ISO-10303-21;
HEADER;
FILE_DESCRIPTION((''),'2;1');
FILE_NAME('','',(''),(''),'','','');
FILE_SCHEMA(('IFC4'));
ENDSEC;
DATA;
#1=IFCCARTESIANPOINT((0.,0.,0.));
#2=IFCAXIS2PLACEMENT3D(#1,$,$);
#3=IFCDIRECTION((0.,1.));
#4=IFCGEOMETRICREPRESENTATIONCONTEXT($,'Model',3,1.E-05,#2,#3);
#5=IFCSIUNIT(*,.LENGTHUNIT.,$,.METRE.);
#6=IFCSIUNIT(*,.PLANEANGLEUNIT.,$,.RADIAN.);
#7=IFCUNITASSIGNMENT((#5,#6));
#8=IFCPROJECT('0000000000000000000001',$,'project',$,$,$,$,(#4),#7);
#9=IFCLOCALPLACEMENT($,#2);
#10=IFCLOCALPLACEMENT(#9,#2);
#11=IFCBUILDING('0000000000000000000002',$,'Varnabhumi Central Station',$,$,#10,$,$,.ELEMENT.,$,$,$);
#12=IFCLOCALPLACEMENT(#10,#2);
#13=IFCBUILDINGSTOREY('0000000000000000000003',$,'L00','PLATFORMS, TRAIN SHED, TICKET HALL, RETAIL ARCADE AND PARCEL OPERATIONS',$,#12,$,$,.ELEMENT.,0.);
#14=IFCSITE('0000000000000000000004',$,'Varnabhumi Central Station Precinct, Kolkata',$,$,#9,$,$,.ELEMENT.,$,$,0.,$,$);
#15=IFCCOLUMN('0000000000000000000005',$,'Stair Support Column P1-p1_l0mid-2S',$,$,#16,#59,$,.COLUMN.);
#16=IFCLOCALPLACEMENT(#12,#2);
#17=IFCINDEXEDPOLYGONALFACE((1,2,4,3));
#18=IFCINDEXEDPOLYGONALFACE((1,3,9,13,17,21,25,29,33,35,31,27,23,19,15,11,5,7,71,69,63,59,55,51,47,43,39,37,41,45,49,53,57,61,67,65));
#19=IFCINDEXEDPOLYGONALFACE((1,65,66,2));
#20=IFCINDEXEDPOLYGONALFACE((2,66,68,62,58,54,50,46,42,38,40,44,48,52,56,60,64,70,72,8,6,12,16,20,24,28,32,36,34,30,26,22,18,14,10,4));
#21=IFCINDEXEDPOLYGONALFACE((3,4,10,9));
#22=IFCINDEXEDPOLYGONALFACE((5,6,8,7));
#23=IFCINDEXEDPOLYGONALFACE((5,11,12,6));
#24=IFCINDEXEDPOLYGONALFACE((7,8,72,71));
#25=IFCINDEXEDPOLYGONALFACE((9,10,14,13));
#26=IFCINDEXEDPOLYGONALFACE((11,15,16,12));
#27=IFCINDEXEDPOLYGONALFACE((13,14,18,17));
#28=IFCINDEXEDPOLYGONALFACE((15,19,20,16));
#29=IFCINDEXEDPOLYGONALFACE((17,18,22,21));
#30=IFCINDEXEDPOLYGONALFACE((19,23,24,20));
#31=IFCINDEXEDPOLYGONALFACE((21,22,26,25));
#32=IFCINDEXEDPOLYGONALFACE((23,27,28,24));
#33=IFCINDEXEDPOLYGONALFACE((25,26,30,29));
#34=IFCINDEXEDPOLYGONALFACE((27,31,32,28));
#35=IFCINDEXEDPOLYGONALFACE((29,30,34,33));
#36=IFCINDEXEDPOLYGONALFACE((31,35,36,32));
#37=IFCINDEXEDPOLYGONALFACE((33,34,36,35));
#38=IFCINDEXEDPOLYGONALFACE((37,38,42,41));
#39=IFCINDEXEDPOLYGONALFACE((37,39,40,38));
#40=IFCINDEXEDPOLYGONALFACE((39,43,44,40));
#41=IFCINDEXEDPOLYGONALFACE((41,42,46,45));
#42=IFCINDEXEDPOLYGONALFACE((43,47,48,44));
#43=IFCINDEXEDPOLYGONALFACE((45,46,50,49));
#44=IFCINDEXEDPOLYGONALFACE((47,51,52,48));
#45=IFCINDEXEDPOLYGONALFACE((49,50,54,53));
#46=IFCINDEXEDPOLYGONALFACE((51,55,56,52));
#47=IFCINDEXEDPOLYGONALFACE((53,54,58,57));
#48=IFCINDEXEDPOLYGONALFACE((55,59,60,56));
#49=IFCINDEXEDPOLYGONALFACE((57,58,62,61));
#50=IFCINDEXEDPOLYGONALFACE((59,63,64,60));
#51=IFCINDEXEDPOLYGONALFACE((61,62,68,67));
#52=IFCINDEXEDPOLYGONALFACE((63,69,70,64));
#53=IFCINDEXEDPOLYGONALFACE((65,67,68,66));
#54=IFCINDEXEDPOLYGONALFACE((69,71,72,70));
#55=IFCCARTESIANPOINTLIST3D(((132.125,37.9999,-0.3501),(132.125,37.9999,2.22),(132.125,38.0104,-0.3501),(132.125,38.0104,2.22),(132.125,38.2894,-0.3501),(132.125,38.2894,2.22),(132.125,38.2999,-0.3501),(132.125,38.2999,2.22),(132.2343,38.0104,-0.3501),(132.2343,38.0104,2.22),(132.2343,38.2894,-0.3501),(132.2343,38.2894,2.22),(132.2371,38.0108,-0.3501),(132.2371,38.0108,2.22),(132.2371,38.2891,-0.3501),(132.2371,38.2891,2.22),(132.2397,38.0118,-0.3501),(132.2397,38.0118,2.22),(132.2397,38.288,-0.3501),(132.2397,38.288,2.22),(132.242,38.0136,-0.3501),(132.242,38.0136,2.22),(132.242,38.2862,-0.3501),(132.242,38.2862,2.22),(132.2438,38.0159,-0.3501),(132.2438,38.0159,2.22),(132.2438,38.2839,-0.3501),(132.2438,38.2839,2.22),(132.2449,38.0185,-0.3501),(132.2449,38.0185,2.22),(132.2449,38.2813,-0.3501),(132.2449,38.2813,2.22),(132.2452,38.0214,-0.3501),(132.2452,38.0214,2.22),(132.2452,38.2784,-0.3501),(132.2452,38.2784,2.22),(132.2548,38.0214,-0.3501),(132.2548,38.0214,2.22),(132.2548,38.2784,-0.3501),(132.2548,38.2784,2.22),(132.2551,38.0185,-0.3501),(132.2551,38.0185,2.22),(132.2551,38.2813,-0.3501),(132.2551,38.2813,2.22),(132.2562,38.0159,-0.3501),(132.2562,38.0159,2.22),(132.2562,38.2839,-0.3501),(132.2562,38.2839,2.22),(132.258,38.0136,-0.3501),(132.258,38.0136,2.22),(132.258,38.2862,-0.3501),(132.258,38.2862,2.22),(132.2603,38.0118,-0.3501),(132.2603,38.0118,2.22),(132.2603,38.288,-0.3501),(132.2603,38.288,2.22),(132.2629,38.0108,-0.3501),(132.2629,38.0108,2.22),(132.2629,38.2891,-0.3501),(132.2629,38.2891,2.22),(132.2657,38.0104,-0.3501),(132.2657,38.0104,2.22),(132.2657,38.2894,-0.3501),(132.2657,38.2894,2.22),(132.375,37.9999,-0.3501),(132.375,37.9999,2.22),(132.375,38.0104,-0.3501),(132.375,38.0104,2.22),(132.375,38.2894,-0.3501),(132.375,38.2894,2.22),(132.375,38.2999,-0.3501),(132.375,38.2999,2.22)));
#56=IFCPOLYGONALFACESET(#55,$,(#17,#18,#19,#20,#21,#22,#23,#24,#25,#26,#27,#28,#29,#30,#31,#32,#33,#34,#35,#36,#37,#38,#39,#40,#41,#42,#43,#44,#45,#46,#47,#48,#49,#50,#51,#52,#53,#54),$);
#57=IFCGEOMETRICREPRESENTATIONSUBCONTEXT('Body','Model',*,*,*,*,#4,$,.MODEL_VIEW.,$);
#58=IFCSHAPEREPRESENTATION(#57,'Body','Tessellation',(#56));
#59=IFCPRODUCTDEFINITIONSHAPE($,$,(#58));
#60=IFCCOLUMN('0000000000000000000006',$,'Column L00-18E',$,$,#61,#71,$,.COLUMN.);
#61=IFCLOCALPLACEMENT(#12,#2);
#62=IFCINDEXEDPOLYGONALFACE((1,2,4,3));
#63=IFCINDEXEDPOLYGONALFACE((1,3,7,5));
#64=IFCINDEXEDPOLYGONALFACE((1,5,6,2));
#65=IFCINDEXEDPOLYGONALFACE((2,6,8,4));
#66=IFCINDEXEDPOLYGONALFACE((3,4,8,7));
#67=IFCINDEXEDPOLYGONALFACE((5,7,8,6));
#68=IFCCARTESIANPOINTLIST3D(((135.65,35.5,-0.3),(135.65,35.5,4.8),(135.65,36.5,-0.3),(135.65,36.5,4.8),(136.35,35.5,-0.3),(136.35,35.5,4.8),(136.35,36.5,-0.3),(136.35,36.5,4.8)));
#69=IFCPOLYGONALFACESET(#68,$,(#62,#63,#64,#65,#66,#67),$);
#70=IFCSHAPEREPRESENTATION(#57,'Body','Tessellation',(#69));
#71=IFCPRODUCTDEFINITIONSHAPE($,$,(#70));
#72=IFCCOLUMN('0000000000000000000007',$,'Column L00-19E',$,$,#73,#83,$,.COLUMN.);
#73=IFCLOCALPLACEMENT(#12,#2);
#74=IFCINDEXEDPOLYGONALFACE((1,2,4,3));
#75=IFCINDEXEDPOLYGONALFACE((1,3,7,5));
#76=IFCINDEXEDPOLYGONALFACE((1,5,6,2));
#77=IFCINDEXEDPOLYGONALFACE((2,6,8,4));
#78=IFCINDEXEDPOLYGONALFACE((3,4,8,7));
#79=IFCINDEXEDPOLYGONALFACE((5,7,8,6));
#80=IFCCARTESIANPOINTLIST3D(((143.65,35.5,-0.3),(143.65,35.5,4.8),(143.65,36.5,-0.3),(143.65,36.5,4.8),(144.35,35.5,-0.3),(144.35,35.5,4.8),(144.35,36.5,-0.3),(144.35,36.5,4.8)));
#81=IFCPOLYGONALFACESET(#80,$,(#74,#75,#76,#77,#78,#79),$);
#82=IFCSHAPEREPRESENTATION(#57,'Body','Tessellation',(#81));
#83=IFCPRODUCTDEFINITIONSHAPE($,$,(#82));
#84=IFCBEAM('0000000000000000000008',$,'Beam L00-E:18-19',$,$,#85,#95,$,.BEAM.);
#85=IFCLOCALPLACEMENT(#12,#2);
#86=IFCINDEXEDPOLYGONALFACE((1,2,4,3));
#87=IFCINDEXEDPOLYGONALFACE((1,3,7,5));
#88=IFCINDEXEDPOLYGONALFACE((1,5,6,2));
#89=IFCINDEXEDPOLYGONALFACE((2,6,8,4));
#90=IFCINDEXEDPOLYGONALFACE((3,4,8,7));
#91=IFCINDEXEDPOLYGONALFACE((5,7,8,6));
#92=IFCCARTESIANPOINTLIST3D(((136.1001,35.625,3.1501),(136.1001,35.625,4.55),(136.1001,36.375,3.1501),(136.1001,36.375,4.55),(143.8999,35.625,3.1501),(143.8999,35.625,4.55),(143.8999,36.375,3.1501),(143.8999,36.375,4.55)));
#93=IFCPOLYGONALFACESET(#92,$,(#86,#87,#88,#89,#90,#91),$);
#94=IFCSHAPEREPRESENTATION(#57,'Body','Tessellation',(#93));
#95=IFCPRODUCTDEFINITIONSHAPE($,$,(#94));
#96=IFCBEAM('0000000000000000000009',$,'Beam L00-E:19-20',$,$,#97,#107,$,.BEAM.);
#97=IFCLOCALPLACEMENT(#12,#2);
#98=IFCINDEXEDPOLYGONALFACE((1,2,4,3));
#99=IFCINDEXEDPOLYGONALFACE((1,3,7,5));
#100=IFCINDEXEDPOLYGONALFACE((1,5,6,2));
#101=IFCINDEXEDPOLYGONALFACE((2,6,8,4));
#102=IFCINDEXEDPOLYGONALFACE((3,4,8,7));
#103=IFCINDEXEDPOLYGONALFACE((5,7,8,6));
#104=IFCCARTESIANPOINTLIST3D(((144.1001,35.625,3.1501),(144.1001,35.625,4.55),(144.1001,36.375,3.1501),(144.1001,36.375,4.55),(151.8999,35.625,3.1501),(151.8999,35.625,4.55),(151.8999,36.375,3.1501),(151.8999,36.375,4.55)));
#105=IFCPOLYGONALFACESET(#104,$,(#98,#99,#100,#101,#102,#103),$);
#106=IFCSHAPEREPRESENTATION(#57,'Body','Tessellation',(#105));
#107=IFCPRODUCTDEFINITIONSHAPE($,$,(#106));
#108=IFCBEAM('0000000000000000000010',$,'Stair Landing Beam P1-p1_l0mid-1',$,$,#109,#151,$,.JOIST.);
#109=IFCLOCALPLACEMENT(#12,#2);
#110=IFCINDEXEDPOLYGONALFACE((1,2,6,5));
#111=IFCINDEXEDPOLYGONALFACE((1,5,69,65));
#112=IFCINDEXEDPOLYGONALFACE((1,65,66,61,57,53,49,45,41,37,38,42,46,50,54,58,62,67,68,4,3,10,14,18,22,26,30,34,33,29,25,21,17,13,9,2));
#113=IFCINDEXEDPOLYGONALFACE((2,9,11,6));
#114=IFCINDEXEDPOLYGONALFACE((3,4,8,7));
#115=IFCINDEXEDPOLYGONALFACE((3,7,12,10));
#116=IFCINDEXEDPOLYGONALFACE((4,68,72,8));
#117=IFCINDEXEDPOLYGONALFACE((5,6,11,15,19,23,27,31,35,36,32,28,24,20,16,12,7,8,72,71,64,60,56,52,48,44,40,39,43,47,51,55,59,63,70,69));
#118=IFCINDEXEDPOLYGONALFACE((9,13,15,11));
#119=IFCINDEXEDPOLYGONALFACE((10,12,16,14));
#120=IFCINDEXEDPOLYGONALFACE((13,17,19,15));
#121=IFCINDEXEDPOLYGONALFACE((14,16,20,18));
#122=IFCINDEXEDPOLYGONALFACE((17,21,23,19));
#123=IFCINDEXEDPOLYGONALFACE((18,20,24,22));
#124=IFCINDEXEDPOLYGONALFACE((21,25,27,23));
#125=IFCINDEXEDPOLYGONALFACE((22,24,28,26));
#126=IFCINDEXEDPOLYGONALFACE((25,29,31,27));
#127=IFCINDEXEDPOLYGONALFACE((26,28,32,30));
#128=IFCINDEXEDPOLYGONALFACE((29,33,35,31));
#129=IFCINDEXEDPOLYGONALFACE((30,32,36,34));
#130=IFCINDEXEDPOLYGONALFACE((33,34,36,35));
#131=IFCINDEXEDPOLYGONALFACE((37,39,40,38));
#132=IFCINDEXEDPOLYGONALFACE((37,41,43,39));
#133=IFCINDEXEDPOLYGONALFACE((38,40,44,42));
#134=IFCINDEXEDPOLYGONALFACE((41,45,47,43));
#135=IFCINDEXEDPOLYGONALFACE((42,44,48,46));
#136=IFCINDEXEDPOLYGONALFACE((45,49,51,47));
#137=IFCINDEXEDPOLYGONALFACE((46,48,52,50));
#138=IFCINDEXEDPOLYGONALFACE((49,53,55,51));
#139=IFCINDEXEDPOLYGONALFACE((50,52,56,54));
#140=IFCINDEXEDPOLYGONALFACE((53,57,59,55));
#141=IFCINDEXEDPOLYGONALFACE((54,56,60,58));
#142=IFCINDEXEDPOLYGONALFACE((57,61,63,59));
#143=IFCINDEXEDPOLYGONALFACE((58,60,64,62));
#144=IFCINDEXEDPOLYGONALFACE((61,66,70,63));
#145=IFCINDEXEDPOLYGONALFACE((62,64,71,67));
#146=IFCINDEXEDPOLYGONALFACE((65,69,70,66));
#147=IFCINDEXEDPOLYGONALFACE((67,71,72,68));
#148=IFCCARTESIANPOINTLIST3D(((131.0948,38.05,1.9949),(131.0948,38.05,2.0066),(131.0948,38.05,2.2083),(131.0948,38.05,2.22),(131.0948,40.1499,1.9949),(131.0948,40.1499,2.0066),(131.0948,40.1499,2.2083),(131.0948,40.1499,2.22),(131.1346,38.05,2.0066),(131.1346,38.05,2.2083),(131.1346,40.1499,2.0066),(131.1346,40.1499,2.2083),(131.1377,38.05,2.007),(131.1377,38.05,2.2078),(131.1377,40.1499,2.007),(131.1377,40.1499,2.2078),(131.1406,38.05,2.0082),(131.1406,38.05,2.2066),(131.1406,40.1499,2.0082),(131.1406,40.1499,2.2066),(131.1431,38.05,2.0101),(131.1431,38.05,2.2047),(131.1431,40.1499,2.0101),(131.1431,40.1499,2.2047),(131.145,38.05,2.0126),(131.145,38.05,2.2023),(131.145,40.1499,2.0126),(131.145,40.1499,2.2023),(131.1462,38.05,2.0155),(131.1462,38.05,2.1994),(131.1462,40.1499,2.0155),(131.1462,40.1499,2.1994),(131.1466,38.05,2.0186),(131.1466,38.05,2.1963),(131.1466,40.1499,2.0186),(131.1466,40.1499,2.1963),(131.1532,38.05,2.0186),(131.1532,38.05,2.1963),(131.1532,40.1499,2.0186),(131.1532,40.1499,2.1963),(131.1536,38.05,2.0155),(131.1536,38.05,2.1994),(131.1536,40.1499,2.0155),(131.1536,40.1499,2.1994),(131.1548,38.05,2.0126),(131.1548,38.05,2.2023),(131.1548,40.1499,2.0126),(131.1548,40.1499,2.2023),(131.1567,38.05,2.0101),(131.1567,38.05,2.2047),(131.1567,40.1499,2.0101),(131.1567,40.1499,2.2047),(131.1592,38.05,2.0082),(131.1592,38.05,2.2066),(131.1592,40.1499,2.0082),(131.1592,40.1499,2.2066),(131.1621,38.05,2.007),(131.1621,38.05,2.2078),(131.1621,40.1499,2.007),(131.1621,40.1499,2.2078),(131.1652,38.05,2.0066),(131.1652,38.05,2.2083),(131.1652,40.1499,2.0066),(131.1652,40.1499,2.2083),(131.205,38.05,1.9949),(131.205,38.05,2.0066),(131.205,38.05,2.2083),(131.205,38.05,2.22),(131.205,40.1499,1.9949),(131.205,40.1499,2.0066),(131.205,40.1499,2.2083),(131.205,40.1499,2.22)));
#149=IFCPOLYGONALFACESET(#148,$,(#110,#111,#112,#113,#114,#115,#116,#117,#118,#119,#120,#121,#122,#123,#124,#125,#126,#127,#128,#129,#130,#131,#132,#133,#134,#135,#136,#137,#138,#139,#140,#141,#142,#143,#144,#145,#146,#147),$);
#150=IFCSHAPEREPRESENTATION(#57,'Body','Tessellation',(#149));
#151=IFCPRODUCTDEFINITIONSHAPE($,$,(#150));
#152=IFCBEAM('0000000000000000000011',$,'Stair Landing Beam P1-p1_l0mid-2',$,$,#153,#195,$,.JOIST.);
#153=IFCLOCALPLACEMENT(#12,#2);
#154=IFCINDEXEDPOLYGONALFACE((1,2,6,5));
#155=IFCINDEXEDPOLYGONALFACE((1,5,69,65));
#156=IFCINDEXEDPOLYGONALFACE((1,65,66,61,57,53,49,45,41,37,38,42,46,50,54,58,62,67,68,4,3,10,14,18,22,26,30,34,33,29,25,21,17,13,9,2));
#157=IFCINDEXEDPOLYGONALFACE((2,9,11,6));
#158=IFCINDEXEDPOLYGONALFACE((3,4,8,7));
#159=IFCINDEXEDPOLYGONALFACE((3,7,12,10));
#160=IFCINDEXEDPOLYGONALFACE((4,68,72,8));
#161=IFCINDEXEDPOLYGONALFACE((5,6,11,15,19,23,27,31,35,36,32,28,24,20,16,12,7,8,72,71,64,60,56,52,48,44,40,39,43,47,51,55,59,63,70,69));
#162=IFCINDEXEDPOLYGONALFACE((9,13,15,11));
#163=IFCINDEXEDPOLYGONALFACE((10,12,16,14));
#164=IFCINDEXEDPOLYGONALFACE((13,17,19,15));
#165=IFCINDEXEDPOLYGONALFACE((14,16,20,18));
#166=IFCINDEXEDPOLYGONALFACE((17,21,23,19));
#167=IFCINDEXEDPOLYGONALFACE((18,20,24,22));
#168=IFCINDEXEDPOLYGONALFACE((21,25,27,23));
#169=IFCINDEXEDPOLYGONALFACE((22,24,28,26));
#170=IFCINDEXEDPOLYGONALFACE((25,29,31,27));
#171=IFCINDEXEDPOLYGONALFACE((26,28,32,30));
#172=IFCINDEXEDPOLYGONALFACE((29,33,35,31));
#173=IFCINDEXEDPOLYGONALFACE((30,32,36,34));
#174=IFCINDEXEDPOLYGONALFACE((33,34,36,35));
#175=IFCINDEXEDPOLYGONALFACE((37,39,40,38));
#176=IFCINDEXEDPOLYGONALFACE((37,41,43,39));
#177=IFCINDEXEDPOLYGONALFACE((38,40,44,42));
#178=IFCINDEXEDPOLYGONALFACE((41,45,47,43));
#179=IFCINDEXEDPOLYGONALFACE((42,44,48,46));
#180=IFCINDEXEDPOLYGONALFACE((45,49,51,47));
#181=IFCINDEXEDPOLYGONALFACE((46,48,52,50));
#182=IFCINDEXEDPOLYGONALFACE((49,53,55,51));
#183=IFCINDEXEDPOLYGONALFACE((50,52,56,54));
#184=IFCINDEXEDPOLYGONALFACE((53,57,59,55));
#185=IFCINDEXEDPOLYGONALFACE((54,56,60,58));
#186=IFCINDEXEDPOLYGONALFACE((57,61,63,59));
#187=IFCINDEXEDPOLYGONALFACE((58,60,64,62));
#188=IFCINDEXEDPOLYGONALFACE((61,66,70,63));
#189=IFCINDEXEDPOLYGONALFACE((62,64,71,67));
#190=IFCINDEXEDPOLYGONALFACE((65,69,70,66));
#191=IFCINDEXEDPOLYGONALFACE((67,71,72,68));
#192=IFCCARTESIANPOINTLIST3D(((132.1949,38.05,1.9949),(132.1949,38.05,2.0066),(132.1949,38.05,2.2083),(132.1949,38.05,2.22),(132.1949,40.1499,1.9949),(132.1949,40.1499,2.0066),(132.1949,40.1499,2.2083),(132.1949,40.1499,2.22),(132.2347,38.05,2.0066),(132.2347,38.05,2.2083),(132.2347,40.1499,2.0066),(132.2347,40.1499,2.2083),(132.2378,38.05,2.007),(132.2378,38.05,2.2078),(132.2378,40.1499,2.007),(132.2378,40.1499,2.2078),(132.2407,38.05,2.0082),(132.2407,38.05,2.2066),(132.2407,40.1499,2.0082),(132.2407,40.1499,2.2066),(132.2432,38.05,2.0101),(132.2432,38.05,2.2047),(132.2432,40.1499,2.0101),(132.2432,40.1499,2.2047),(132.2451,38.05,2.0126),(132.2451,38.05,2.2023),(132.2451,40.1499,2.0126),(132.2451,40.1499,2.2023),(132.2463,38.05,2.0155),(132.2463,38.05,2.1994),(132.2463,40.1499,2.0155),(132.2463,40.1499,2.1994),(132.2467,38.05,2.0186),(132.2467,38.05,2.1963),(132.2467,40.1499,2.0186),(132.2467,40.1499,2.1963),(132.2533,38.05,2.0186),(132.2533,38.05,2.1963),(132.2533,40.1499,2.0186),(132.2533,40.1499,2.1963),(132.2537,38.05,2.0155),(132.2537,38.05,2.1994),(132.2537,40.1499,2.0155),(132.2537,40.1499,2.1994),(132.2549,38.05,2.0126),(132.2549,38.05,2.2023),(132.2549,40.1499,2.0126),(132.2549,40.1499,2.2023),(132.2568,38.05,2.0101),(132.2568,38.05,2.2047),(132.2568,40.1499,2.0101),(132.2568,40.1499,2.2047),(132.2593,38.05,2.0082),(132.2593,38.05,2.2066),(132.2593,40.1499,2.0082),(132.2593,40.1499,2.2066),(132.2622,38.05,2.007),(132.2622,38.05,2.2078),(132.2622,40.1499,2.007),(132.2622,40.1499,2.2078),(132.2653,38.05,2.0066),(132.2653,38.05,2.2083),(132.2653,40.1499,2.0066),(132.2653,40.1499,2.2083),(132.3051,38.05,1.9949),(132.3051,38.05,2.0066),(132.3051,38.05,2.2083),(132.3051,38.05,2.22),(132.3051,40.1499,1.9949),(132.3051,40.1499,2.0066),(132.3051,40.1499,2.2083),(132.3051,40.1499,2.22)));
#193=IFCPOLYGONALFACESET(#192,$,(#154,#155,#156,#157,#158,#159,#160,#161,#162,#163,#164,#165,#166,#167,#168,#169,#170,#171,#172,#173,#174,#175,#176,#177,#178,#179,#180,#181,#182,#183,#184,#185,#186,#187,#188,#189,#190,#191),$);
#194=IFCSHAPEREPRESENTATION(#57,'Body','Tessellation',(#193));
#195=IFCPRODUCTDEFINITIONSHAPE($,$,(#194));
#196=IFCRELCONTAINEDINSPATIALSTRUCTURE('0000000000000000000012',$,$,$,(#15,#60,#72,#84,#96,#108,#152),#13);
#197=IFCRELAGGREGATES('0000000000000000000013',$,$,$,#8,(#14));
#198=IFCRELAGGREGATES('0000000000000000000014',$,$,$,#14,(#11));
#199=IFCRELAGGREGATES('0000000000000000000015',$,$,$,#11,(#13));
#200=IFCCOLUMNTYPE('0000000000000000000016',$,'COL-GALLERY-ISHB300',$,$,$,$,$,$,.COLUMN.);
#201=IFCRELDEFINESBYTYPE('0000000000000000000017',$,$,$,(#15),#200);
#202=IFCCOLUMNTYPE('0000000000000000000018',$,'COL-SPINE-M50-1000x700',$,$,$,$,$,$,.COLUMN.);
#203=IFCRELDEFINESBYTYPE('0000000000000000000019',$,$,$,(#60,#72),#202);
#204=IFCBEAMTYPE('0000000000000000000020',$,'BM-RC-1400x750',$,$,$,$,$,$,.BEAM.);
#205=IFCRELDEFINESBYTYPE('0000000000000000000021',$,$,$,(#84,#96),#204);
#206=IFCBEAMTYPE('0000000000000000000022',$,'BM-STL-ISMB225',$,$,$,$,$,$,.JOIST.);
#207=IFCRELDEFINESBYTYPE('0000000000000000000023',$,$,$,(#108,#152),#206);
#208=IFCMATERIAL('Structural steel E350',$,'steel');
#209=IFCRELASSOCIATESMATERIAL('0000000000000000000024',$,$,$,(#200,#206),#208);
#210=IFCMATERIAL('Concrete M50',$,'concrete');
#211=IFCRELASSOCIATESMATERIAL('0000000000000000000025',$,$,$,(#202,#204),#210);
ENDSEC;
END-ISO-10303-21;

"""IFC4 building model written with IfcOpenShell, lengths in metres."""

from ifc_helpers import new_model, si_unit, direction, frame, origin, origin_2d, place, context, subcontext, project, spatial, rectangle, i_section, extrude, material, material_profile, profile_set, type_object, element, save


model = new_model("IFC4")

# Units and contexts
model_context = context("Model", 3, precision=1e-05, world=origin(), true_north=direction((0.0, 1.0)))
body_context = subcontext(model_context, "Body", "Model", "MODEL_VIEW")
ifc_project = project(units=[si_unit("LENGTHUNIT", "METRE"), si_unit("PLANEANGLEUNIT", "RADIAN")], contexts=[model_context])

# Site, building, storey
site_placement = place(None, origin())
site = spatial("IfcSite", under=ifc_project, at=site_placement, Name="Varnabhumi Central Station Precinct, Kolkata", CompositionType="ELEMENT", RefElevation=0.0)
building_placement = place(site_placement, origin())
building = spatial("IfcBuilding", under=site, at=building_placement, Name="Varnabhumi Central Station", CompositionType="ELEMENT")
storey_placement = place(building_placement, origin())
storey = spatial("IfcBuildingStorey", under=building, at=storey_placement, Name="L00", Description="PLATFORMS, TRAIN SHED, TICKET HALL, RETAIL ARCADE AND PARCEL OPERATIONS", CompositionType="ELEMENT", Elevation=0.0)

# Columns
ifc_material_1 = material(Name="Structural steel E350", Category="steel")
ifc_material_profile_1 = material_profile(ifc_material_1, i_section(OverallWidth=0.25, OverallDepth=0.3, WebThickness=0.0095, FlangeThickness=0.0105, FilletRadius=0.011, at=origin_2d()), Name="Structural steel E350", Category="steel")
ifc_profile_set_1 = profile_set([ifc_material_profile_1], Name="Structural steel E350")
column_type_1 = type_object("IfcColumnType", Name="COL-GALLERY-ISHB300", PredefinedType="COLUMN", material=ifc_profile_set_1)
for number, where, z_axis, x_axis, name in (
    (1, (132.25, 38.1499, -0.3501), (0.0, 0.0, 1.0), (1.0, 0.0, 0.0), "Stair Support Column P1-p1_l0mid-2S"),
):
    element("IfcColumn", number, at=place(storey_placement, frame(where, z_axis=z_axis, x_axis=x_axis)), inside=storey, type_object=column_type_1, Name=name, PredefinedType="COLUMN", context=body_context, shape_type="SweptSolid", body=[
        extrude(i_section(OverallWidth=0.25, OverallDepth=0.3, WebThickness=0.0095, FlangeThickness=0.0105, FilletRadius=0.011, at=origin_2d()), origin(), (0.0, 0.0, 1.0), 2.5701),
    ])
ifc_material_2 = material(Name="Concrete M50", Category="concrete")
ifc_material_profile_2 = material_profile(ifc_material_2, rectangle(XDim=0.7, YDim=1.0, at=origin_2d()), Name="Concrete M50", Category="concrete")
ifc_profile_set_2 = profile_set([ifc_material_profile_2], Name="Concrete M50")
column_type_2 = type_object("IfcColumnType", Name="COL-SPINE-M50-1000x700", PredefinedType="COLUMN", material=ifc_profile_set_2)
for number, where, z_axis, x_axis, name in (
    (2, (136.0, 36.0, -0.3), (0.0, 0.0, 1.0), (1.0, 0.0, 0.0), "Column L00-18E"),
    (3, (144.0, 36.0, -0.3), (0.0, 0.0, 1.0), (1.0, 0.0, 0.0), "Column L00-19E"),
):
    element("IfcColumn", number, at=place(storey_placement, frame(where, z_axis=z_axis, x_axis=x_axis)), inside=storey, type_object=column_type_2, Name=name, PredefinedType="COLUMN", context=body_context, shape_type="SweptSolid", body=[
        extrude(rectangle(XDim=0.7, YDim=1.0, at=origin_2d()), origin(), (0.0, 0.0, 1.0), 5.1001),
    ])

# Beams
ifc_material_profile_3 = material_profile(ifc_material_2, rectangle(XDim=0.75, YDim=1.3999, at=origin_2d()), Name="Concrete M50", Category="concrete")
ifc_profile_set_3 = profile_set([ifc_material_profile_3], Name="Concrete M50")
beam_type_1 = type_object("IfcBeamType", Name="BM-RC-1400x750", PredefinedType="BEAM", material=ifc_profile_set_3)
for number, where, z_axis, x_axis, name in (
    (4, (136.1001, 36.0, 3.8501), (1.0, 0.0, 0.0), (0.0, 1.0, 0.0), "Beam L00-E:18-19"),
    (5, (144.1001, 36.0, 3.8501), (1.0, 0.0, 0.0), (0.0, 1.0, 0.0), "Beam L00-E:19-20"),
):
    element("IfcBeam", number, at=place(storey_placement, frame(where, z_axis=z_axis, x_axis=x_axis)), inside=storey, type_object=beam_type_1, Name=name, PredefinedType="BEAM", context=body_context, shape_type="SweptSolid", body=[
        extrude(rectangle(XDim=0.75, YDim=1.3999, at=origin_2d()), origin(), (0.0, 0.0, 1.0), 7.7998),
    ])
ifc_material_profile_4 = material_profile(ifc_material_1, i_section(OverallWidth=0.1101, OverallDepth=0.2251, WebThickness=0.0066, FlangeThickness=0.0117, FilletRadius=0.012, at=origin_2d()), Name="Structural steel E350", Category="steel")
ifc_profile_set_4 = profile_set([ifc_material_profile_4], Name="Structural steel E350")
beam_type_2 = type_object("IfcBeamType", Name="BM-STL-ISMB225", PredefinedType="JOIST", material=ifc_profile_set_4)
for number, where, z_axis, x_axis, name in (
    (6, (131.1499, 38.05, 2.1074), (0.0, 1.0, 0.0), (-1.0, 0.0, 0.0), "Stair Landing Beam P1-p1_l0mid-1"),
    (7, (132.25, 38.05, 2.1074), (0.0, 1.0, 0.0), (-1.0, 0.0, 0.0), "Stair Landing Beam P1-p1_l0mid-2"),
):
    element("IfcBeam", number, at=place(storey_placement, frame(where, z_axis=z_axis, x_axis=x_axis)), inside=storey, type_object=beam_type_2, Name=name, PredefinedType="JOIST", context=body_context, shape_type="SweptSolid", body=[
        extrude(i_section(OverallWidth=0.1101, OverallDepth=0.2251, WebThickness=0.0066, FlangeThickness=0.0117, FilletRadius=0.012, at=origin_2d()), origin(), (0.0, 0.0, 1.0), 2.0999),
    ])

save(model, "model.ifc")
